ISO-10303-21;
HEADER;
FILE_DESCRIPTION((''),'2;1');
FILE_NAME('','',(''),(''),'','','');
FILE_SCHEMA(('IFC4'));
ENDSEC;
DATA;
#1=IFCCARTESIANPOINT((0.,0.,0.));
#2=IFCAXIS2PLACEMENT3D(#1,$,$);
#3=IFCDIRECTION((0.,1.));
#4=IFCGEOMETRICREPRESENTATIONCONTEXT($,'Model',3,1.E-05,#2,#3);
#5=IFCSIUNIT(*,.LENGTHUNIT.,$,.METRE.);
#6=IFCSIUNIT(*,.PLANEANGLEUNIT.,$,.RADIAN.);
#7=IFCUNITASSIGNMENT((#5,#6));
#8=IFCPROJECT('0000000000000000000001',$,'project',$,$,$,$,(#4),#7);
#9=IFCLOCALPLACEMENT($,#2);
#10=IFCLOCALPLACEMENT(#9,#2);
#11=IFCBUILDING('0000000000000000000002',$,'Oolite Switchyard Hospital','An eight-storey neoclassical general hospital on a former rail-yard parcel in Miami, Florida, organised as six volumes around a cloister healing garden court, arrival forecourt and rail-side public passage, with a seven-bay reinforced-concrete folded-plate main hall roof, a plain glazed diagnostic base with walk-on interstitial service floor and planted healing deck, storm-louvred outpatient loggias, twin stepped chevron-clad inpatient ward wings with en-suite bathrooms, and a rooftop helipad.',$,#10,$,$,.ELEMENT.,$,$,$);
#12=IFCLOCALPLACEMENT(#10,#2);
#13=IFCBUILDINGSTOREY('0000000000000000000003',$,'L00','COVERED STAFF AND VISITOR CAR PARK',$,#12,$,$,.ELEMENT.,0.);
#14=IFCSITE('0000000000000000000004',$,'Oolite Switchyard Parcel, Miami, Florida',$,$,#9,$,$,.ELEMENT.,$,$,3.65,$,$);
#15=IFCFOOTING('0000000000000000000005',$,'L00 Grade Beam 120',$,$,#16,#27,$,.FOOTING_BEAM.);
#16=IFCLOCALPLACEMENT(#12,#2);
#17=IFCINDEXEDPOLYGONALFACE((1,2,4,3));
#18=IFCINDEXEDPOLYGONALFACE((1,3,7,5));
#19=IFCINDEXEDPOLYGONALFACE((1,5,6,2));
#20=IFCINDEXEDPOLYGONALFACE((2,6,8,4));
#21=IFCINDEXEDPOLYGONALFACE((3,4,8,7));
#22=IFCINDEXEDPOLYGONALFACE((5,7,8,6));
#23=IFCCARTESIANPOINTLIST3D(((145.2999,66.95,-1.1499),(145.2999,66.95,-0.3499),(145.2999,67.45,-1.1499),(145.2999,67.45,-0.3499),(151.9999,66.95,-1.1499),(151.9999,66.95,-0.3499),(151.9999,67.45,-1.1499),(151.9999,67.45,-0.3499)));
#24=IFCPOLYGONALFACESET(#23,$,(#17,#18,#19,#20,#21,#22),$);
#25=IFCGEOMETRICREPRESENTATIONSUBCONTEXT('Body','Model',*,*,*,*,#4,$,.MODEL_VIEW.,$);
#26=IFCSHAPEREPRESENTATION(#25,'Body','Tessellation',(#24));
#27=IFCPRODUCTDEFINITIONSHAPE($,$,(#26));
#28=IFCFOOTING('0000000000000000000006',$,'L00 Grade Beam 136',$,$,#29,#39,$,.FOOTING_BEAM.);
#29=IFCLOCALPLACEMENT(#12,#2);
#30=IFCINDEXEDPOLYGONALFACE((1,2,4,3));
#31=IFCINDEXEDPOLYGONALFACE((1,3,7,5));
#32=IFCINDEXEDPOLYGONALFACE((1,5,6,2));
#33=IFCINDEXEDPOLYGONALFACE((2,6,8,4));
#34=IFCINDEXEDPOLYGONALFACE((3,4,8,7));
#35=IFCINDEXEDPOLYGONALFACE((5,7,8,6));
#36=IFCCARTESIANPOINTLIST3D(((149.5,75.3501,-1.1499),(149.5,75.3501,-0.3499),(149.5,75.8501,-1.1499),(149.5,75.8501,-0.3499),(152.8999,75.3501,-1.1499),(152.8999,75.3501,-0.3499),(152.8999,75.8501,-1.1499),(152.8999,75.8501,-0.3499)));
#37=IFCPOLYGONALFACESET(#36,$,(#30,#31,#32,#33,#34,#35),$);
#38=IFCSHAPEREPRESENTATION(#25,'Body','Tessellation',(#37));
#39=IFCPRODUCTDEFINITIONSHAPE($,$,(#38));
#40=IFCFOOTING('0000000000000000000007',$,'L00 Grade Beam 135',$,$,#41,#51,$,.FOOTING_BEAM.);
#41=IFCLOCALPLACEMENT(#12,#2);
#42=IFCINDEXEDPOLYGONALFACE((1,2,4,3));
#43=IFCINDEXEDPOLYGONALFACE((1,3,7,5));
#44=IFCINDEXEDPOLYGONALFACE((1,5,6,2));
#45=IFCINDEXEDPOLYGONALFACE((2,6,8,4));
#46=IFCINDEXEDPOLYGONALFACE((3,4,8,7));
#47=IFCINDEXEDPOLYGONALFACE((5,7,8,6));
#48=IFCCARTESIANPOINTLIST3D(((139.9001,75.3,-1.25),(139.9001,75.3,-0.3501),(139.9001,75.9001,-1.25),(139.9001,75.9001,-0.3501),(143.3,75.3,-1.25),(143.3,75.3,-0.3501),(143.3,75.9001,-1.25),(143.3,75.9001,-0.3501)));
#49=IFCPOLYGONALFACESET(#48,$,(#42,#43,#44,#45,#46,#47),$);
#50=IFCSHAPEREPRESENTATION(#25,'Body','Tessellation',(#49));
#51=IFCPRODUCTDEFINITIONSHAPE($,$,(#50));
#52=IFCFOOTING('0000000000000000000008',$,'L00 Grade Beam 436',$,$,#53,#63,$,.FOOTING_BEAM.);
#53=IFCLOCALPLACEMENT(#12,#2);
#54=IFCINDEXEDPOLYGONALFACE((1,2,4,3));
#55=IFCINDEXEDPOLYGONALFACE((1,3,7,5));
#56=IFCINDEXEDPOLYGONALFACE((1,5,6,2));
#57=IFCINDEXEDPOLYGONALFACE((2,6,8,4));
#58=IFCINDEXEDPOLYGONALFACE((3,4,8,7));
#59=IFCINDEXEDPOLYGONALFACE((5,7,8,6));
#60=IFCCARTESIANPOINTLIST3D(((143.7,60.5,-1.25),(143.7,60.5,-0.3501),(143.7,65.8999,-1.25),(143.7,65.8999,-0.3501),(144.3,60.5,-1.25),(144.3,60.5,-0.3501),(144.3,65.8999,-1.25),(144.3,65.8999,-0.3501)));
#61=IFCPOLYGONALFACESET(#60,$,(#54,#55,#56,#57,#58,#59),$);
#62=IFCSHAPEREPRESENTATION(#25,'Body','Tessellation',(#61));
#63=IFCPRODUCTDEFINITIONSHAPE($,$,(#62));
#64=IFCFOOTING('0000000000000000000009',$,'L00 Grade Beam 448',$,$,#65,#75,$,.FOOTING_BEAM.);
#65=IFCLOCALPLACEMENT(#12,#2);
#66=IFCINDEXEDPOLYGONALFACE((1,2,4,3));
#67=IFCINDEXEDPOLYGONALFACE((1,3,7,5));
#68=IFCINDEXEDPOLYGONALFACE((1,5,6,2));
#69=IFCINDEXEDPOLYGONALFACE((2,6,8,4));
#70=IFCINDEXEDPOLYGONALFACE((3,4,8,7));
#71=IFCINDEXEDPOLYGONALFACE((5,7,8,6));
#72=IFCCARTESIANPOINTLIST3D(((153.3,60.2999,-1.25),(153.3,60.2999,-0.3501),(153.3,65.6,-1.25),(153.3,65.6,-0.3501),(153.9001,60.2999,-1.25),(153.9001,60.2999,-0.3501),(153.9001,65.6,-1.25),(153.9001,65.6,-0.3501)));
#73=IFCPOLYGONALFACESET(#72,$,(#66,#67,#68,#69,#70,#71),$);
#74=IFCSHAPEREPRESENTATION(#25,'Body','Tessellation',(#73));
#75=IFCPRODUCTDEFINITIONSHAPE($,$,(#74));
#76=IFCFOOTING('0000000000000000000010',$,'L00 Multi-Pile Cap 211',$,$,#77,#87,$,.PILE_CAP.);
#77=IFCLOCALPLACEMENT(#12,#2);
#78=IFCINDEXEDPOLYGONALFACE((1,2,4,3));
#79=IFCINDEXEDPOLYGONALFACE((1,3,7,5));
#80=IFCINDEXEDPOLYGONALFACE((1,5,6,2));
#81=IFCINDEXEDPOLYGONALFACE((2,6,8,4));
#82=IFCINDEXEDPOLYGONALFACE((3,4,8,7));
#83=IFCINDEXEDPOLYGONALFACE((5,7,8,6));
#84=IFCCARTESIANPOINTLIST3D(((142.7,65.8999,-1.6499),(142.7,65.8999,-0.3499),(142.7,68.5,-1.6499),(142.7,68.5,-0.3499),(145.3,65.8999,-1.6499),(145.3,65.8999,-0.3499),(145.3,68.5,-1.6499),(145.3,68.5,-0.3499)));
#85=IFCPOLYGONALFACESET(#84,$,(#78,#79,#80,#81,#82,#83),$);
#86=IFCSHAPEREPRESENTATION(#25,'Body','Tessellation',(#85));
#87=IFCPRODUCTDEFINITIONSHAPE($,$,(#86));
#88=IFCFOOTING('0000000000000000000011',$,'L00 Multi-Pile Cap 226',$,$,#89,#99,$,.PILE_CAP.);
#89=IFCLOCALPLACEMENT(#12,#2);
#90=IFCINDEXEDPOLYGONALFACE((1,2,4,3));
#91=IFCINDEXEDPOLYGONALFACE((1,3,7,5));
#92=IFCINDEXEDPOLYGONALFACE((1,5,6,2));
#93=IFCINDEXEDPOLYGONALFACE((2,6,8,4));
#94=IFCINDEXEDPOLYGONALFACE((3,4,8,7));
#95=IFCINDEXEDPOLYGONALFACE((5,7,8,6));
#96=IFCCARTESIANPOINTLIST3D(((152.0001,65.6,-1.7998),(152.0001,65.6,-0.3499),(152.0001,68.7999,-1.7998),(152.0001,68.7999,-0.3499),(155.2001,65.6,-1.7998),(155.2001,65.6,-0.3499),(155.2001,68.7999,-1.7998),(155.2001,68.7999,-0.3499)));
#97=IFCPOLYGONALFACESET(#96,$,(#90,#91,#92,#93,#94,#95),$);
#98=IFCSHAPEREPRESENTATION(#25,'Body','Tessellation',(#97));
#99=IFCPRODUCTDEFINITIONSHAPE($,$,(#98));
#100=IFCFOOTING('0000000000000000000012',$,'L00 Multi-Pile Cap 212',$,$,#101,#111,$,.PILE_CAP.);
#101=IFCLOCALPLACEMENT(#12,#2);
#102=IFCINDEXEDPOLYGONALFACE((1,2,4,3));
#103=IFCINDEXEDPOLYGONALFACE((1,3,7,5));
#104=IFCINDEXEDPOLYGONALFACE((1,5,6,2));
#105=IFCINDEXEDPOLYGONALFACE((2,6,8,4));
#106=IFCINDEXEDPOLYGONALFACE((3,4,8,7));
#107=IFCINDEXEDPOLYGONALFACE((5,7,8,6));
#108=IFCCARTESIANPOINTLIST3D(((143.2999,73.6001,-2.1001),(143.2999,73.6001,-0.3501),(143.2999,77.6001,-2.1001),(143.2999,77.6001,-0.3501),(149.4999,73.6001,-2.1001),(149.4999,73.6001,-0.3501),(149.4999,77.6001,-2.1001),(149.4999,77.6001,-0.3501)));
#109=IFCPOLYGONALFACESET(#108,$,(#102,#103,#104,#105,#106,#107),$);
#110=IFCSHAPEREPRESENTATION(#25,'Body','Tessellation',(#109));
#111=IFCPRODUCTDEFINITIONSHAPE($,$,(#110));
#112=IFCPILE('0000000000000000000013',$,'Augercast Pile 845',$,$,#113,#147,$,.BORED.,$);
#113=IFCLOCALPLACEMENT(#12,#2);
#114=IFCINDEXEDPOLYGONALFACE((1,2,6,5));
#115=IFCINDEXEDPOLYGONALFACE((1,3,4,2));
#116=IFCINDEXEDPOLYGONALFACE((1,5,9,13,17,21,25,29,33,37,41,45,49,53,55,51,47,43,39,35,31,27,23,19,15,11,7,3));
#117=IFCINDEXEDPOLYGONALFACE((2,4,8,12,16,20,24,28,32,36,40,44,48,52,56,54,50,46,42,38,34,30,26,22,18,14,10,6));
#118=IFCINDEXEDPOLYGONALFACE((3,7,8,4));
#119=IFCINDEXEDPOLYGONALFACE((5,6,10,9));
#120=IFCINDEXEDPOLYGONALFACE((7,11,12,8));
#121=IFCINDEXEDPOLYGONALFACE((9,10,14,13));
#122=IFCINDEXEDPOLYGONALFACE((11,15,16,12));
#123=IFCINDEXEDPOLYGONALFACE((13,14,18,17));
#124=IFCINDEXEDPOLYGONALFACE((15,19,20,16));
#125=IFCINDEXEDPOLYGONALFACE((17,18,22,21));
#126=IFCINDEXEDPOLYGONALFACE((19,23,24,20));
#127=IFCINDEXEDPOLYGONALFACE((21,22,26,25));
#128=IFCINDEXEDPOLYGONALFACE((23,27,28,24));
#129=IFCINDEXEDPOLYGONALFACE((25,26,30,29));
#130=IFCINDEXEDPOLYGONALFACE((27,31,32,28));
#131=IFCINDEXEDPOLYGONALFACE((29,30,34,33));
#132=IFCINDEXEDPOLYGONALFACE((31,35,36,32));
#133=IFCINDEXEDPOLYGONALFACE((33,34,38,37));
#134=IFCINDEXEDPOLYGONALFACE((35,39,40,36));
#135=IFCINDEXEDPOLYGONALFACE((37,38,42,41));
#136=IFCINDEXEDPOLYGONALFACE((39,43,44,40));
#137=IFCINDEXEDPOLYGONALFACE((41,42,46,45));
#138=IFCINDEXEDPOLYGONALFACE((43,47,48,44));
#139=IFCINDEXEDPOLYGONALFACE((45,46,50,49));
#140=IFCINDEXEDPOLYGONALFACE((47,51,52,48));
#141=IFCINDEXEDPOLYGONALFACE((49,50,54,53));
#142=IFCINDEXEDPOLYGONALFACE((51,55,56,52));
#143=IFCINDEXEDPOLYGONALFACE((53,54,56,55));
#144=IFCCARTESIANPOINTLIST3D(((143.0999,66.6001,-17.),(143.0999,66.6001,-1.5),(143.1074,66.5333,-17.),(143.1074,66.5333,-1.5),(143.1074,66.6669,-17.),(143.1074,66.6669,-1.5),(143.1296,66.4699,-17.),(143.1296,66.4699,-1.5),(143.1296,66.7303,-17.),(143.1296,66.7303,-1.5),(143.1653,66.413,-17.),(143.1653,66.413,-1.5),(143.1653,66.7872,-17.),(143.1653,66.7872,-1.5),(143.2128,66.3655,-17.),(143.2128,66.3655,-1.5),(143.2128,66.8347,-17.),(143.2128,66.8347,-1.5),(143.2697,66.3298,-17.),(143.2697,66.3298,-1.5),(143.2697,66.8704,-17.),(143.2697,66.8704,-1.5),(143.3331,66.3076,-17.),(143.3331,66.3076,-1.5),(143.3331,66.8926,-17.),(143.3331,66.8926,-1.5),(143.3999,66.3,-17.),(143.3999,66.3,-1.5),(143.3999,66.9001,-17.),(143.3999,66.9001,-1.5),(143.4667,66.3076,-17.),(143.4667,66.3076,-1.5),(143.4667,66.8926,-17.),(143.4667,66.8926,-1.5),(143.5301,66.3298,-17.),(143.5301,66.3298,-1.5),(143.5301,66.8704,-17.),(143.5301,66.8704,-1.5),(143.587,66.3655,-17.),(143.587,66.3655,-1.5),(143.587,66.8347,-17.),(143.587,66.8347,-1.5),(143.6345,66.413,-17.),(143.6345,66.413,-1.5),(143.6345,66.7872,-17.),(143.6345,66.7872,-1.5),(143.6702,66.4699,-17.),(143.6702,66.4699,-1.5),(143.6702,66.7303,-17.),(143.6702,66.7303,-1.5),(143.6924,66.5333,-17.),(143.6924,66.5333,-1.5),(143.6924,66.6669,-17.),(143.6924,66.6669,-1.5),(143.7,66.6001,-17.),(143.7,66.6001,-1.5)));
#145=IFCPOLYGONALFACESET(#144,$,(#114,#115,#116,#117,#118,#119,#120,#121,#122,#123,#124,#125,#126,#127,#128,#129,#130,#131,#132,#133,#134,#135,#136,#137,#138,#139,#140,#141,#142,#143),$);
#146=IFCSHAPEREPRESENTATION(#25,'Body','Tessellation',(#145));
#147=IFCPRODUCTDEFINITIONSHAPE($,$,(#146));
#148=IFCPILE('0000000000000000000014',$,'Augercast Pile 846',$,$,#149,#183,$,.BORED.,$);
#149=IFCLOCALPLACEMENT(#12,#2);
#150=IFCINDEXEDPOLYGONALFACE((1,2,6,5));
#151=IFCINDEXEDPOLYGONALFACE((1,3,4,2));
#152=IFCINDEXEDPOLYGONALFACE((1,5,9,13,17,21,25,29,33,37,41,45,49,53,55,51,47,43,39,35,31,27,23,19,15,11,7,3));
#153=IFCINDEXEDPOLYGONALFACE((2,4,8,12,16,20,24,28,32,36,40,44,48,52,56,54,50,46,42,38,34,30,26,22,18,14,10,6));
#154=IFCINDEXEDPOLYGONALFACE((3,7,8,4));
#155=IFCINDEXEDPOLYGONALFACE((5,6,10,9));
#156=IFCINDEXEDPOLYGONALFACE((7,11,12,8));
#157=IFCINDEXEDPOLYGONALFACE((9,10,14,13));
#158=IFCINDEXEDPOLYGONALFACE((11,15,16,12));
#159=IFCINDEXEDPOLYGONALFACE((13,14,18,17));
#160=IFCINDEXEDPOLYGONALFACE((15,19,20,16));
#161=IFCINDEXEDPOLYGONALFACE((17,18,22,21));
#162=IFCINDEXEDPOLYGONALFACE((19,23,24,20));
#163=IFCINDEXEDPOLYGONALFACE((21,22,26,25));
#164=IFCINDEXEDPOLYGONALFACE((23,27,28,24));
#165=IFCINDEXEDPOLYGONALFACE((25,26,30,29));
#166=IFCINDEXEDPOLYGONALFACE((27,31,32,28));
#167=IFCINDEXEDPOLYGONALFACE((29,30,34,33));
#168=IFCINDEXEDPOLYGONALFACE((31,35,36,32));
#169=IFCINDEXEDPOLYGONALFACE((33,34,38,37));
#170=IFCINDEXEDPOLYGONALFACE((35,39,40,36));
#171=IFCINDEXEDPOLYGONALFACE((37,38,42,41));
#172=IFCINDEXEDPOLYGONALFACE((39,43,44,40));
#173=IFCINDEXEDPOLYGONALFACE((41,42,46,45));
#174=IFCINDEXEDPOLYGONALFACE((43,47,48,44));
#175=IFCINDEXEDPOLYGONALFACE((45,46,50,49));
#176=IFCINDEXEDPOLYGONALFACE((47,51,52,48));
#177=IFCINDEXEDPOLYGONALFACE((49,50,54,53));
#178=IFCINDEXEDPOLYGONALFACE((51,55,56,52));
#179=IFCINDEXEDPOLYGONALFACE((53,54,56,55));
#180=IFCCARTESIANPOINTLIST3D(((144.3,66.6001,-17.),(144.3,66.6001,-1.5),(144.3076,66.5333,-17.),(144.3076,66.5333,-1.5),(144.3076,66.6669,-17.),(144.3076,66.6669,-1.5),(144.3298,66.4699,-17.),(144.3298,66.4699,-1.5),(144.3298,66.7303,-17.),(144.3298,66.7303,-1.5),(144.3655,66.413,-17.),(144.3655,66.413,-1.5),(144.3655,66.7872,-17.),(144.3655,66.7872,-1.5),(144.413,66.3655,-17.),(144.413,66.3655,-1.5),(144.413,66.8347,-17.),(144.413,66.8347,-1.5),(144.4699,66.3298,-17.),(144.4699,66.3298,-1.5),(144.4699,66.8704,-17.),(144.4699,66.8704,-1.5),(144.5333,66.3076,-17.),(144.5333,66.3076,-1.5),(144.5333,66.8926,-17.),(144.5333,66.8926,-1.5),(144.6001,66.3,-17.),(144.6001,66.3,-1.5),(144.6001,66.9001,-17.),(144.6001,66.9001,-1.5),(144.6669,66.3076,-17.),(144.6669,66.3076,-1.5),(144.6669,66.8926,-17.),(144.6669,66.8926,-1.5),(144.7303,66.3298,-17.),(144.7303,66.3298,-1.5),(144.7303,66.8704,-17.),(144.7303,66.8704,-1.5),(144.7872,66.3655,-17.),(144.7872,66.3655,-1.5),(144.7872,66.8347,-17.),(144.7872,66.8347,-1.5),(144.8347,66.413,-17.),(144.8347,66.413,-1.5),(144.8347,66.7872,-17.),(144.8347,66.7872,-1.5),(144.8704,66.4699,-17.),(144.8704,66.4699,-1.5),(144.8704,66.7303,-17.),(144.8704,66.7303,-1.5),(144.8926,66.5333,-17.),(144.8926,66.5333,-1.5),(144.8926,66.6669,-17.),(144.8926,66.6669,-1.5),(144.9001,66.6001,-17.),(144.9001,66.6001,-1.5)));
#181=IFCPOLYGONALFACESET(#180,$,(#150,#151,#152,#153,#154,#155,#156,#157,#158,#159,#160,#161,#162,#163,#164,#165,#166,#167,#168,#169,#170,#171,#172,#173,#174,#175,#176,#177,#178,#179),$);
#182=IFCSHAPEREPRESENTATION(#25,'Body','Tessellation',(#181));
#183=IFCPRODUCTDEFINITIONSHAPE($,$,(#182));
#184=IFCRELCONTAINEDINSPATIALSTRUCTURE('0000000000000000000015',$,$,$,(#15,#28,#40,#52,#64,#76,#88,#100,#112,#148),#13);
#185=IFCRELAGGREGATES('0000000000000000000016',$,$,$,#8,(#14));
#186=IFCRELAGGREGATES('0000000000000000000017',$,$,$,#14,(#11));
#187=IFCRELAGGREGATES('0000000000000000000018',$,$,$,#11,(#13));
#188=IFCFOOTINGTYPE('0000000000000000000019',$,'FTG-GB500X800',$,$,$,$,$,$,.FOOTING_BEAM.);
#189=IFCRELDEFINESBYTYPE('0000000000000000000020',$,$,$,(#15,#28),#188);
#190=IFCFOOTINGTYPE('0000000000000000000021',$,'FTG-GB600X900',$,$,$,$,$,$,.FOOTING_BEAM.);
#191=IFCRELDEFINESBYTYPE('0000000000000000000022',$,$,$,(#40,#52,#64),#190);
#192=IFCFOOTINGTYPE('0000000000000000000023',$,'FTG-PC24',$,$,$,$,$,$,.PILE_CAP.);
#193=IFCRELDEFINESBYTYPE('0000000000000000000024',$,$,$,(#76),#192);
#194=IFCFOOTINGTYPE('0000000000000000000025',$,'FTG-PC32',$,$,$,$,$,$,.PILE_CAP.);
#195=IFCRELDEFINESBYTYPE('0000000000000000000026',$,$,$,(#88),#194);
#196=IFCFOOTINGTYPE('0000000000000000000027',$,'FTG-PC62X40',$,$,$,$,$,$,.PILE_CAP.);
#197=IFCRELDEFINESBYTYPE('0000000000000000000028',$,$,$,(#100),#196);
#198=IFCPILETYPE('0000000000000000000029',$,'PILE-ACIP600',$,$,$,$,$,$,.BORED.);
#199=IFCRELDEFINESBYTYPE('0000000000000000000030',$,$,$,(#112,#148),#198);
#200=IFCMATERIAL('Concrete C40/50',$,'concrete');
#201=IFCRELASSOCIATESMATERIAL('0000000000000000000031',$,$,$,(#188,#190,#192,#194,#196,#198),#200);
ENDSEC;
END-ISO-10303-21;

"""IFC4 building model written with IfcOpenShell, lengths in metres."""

from ifc_helpers import new_model, si_unit, direction, frame, origin, origin_2d, place, context, subcontext, project, spatial, rectangle, circle, extrude, material, material_profile, profile_set, type_object, element, save


model = new_model("IFC4")

# Units and contexts
model_context = context("Model", 3, precision=1e-05, world=origin(), true_north=direction((0.0, 1.0)))
body_context = subcontext(model_context, "Body", "Model", "MODEL_VIEW")
ifc_project = project(units=[si_unit("LENGTHUNIT", "METRE"), si_unit("PLANEANGLEUNIT", "RADIAN")], contexts=[model_context])

# Site, building, storey
site_placement = place(None, origin())
site = spatial("IfcSite", under=ifc_project, at=site_placement, Name="Oolite Switchyard Parcel, Miami, Florida", CompositionType="ELEMENT", RefElevation=3.65)
building_placement = place(site_placement, origin())
building = spatial("IfcBuilding", under=site, at=building_placement, Name="Oolite Switchyard Hospital", Description="An eight-storey neoclassical general hospital on a former rail-yard parcel in Miami, Florida, organised as six volumes around a cloister healing garden court, arrival forecourt and rail-side public passage, with a seven-bay reinforced-concrete folded-plate main hall roof, a plain glazed diagnostic base with walk-on interstitial service floor and planted healing deck, storm-louvred outpatient loggias, twin stepped chevron-clad inpatient ward wings with en-suite bathrooms, and a rooftop helipad.", CompositionType="ELEMENT")
storey_placement = place(building_placement, origin())
storey = spatial("IfcBuildingStorey", under=building, at=storey_placement, Name="L00", Description="COVERED STAFF AND VISITOR CAR PARK", CompositionType="ELEMENT", Elevation=0.0)

# Footings
ifc_material_1 = material(Name="Concrete C40/50", Category="concrete")
footing_type_1 = type_object("IfcFootingType", Name="FTG-GB500X800", PredefinedType="FOOTING_BEAM", material=ifc_material_1)
footing_1_placement = place(storey_placement, frame((148.6499, 67.2, -1.1499), z_axis=(0.0, 0.0, 1.0), x_axis=(1.0, 0.0, 0.0)))
element("IfcFooting", 1, at=footing_1_placement, inside=storey, type_object=footing_type_1, Name="L00 Grade Beam 120", PredefinedType="FOOTING_BEAM", context=body_context, shape_type="SweptSolid", body=[
    extrude(rectangle(XDim=6.7, YDim=0.5, at=origin_2d()), origin(), (0.0, 0.0, 1.0), 0.8),
])
footing_2_placement = place(storey_placement, frame((151.2, 75.6001, -1.1499), z_axis=(0.0, 0.0, 1.0), x_axis=(1.0, 0.0, 0.0)))
element("IfcFooting", 2, at=footing_2_placement, inside=storey, type_object=footing_type_1, Name="L00 Grade Beam 136", PredefinedType="FOOTING_BEAM", context=body_context, shape_type="SweptSolid", body=[
    extrude(rectangle(XDim=3.3999, YDim=0.5, at=origin_2d()), origin(), (0.0, 0.0, 1.0), 0.8),
])
footing_type_2 = type_object("IfcFootingType", Name="FTG-GB600X900", PredefinedType="FOOTING_BEAM", material=ifc_material_1)
footing_3_placement = place(storey_placement, frame((141.6001, 75.6001, -1.25), z_axis=(0.0, 0.0, 1.0), x_axis=(1.0, 0.0, 0.0)))
element("IfcFooting", 3, at=footing_3_placement, inside=storey, type_object=footing_type_2, Name="L00 Grade Beam 135", PredefinedType="FOOTING_BEAM", context=body_context, shape_type="SweptSolid", body=[
    extrude(rectangle(XDim=3.3999, YDim=0.6001, at=origin_2d()), origin(), (0.0, 0.0, 1.0), 0.8999),
])
footing_4_placement = place(storey_placement, frame((144.0, 63.2, -1.25), z_axis=(0.0, 0.0, 1.0), x_axis=(0.0, 1.0, 0.0)))
element("IfcFooting", 4, at=footing_4_placement, inside=storey, type_object=footing_type_2, Name="L00 Grade Beam 436", PredefinedType="FOOTING_BEAM", context=body_context, shape_type="SweptSolid", body=[
    extrude(rectangle(XDim=5.3999, YDim=0.6001, at=origin_2d()), origin(), (0.0, 0.0, 1.0), 0.8999),
])
footing_5_placement = place(storey_placement, frame((153.6001, 62.95, -1.25), z_axis=(0.0, 0.0, 1.0), x_axis=(0.0, 1.0, 0.0)))
element("IfcFooting", 5, at=footing_5_placement, inside=storey, type_object=footing_type_2, Name="L00 Grade Beam 448", PredefinedType="FOOTING_BEAM", context=body_context, shape_type="SweptSolid", body=[
    extrude(rectangle(XDim=5.3, YDim=0.6001, at=origin_2d()), origin(), (0.0, 0.0, 1.0), 0.8999),
])
footing_type_3 = type_object("IfcFootingType", Name="FTG-PC24", PredefinedType="PILE_CAP", material=ifc_material_1)
footing_6_placement = place(storey_placement, frame((144.0, 67.2, -1.6499), z_axis=(0.0, 0.0, 1.0), x_axis=(1.0, 0.0, 0.0)))
element("IfcFooting", 6, at=footing_6_placement, inside=storey, type_object=footing_type_3, Name="L00 Multi-Pile Cap 211", PredefinedType="PILE_CAP", context=body_context, shape_type="SweptSolid", body=[
    extrude(rectangle(XDim=2.6001, YDim=2.6001, at=origin_2d()), origin(), (0.0, 0.0, 1.0), 1.3),
])
footing_type_4 = type_object("IfcFootingType", Name="FTG-PC32", PredefinedType="PILE_CAP", material=ifc_material_1)
footing_7_placement = place(storey_placement, frame((153.6001, 67.2, -1.7998), z_axis=(0.0, 0.0, 1.0), x_axis=(1.0, 0.0, 0.0)))
element("IfcFooting", 7, at=footing_7_placement, inside=storey, type_object=footing_type_4, Name="L00 Multi-Pile Cap 226", PredefinedType="PILE_CAP", context=body_context, shape_type="SweptSolid", body=[
    extrude(rectangle(XDim=3.2, YDim=3.2, at=origin_2d()), origin(), (0.0, 0.0, 1.0), 1.45),
])
footing_type_5 = type_object("IfcFootingType", Name="FTG-PC62X40", PredefinedType="PILE_CAP", material=ifc_material_1)
footing_8_placement = place(storey_placement, frame((146.3999, 75.6001, -2.1001), z_axis=(0.0, 0.0, 1.0), x_axis=(1.0, 0.0, 0.0)))
element("IfcFooting", 8, at=footing_8_placement, inside=storey, type_object=footing_type_5, Name="L00 Multi-Pile Cap 212", PredefinedType="PILE_CAP", context=body_context, shape_type="SweptSolid", body=[
    extrude(rectangle(XDim=6.2, YDim=4.0, at=origin_2d()), origin(), (0.0, 0.0, 1.0), 1.75),
])

# Piles
ifc_material_profile_1 = material_profile(ifc_material_1, circle(Radius=0.3, at=origin_2d()), Name="PILE600")
ifc_profile_set_1 = profile_set([ifc_material_profile_1], Name="Concrete C40/50")
pile_type = type_object("IfcPileType", Name="PILE-ACIP600", PredefinedType="BORED", material=ifc_profile_set_1)
for number, where, z_axis, x_axis, name in (
    (9, (143.3999, 66.6001, -1.5), (0.0, 0.0, -1.0), (1.0, 0.0, 0.0), "Augercast Pile 845"),
    (10, (144.6001, 66.6001, -1.5), (0.0, 0.0, -1.0), (1.0, 0.0, 0.0), "Augercast Pile 846"),
):
    element("IfcPile", number, at=place(storey_placement, frame(where, z_axis=z_axis, x_axis=x_axis)), inside=storey, type_object=pile_type, Name=name, PredefinedType="BORED", context=body_context, shape_type="SweptSolid", body=[
        extrude(circle(Radius=0.3, at=origin_2d()), origin(), (0.0, 0.0, 1.0), 15.5),
    ])

save(model, "model.ifc")
